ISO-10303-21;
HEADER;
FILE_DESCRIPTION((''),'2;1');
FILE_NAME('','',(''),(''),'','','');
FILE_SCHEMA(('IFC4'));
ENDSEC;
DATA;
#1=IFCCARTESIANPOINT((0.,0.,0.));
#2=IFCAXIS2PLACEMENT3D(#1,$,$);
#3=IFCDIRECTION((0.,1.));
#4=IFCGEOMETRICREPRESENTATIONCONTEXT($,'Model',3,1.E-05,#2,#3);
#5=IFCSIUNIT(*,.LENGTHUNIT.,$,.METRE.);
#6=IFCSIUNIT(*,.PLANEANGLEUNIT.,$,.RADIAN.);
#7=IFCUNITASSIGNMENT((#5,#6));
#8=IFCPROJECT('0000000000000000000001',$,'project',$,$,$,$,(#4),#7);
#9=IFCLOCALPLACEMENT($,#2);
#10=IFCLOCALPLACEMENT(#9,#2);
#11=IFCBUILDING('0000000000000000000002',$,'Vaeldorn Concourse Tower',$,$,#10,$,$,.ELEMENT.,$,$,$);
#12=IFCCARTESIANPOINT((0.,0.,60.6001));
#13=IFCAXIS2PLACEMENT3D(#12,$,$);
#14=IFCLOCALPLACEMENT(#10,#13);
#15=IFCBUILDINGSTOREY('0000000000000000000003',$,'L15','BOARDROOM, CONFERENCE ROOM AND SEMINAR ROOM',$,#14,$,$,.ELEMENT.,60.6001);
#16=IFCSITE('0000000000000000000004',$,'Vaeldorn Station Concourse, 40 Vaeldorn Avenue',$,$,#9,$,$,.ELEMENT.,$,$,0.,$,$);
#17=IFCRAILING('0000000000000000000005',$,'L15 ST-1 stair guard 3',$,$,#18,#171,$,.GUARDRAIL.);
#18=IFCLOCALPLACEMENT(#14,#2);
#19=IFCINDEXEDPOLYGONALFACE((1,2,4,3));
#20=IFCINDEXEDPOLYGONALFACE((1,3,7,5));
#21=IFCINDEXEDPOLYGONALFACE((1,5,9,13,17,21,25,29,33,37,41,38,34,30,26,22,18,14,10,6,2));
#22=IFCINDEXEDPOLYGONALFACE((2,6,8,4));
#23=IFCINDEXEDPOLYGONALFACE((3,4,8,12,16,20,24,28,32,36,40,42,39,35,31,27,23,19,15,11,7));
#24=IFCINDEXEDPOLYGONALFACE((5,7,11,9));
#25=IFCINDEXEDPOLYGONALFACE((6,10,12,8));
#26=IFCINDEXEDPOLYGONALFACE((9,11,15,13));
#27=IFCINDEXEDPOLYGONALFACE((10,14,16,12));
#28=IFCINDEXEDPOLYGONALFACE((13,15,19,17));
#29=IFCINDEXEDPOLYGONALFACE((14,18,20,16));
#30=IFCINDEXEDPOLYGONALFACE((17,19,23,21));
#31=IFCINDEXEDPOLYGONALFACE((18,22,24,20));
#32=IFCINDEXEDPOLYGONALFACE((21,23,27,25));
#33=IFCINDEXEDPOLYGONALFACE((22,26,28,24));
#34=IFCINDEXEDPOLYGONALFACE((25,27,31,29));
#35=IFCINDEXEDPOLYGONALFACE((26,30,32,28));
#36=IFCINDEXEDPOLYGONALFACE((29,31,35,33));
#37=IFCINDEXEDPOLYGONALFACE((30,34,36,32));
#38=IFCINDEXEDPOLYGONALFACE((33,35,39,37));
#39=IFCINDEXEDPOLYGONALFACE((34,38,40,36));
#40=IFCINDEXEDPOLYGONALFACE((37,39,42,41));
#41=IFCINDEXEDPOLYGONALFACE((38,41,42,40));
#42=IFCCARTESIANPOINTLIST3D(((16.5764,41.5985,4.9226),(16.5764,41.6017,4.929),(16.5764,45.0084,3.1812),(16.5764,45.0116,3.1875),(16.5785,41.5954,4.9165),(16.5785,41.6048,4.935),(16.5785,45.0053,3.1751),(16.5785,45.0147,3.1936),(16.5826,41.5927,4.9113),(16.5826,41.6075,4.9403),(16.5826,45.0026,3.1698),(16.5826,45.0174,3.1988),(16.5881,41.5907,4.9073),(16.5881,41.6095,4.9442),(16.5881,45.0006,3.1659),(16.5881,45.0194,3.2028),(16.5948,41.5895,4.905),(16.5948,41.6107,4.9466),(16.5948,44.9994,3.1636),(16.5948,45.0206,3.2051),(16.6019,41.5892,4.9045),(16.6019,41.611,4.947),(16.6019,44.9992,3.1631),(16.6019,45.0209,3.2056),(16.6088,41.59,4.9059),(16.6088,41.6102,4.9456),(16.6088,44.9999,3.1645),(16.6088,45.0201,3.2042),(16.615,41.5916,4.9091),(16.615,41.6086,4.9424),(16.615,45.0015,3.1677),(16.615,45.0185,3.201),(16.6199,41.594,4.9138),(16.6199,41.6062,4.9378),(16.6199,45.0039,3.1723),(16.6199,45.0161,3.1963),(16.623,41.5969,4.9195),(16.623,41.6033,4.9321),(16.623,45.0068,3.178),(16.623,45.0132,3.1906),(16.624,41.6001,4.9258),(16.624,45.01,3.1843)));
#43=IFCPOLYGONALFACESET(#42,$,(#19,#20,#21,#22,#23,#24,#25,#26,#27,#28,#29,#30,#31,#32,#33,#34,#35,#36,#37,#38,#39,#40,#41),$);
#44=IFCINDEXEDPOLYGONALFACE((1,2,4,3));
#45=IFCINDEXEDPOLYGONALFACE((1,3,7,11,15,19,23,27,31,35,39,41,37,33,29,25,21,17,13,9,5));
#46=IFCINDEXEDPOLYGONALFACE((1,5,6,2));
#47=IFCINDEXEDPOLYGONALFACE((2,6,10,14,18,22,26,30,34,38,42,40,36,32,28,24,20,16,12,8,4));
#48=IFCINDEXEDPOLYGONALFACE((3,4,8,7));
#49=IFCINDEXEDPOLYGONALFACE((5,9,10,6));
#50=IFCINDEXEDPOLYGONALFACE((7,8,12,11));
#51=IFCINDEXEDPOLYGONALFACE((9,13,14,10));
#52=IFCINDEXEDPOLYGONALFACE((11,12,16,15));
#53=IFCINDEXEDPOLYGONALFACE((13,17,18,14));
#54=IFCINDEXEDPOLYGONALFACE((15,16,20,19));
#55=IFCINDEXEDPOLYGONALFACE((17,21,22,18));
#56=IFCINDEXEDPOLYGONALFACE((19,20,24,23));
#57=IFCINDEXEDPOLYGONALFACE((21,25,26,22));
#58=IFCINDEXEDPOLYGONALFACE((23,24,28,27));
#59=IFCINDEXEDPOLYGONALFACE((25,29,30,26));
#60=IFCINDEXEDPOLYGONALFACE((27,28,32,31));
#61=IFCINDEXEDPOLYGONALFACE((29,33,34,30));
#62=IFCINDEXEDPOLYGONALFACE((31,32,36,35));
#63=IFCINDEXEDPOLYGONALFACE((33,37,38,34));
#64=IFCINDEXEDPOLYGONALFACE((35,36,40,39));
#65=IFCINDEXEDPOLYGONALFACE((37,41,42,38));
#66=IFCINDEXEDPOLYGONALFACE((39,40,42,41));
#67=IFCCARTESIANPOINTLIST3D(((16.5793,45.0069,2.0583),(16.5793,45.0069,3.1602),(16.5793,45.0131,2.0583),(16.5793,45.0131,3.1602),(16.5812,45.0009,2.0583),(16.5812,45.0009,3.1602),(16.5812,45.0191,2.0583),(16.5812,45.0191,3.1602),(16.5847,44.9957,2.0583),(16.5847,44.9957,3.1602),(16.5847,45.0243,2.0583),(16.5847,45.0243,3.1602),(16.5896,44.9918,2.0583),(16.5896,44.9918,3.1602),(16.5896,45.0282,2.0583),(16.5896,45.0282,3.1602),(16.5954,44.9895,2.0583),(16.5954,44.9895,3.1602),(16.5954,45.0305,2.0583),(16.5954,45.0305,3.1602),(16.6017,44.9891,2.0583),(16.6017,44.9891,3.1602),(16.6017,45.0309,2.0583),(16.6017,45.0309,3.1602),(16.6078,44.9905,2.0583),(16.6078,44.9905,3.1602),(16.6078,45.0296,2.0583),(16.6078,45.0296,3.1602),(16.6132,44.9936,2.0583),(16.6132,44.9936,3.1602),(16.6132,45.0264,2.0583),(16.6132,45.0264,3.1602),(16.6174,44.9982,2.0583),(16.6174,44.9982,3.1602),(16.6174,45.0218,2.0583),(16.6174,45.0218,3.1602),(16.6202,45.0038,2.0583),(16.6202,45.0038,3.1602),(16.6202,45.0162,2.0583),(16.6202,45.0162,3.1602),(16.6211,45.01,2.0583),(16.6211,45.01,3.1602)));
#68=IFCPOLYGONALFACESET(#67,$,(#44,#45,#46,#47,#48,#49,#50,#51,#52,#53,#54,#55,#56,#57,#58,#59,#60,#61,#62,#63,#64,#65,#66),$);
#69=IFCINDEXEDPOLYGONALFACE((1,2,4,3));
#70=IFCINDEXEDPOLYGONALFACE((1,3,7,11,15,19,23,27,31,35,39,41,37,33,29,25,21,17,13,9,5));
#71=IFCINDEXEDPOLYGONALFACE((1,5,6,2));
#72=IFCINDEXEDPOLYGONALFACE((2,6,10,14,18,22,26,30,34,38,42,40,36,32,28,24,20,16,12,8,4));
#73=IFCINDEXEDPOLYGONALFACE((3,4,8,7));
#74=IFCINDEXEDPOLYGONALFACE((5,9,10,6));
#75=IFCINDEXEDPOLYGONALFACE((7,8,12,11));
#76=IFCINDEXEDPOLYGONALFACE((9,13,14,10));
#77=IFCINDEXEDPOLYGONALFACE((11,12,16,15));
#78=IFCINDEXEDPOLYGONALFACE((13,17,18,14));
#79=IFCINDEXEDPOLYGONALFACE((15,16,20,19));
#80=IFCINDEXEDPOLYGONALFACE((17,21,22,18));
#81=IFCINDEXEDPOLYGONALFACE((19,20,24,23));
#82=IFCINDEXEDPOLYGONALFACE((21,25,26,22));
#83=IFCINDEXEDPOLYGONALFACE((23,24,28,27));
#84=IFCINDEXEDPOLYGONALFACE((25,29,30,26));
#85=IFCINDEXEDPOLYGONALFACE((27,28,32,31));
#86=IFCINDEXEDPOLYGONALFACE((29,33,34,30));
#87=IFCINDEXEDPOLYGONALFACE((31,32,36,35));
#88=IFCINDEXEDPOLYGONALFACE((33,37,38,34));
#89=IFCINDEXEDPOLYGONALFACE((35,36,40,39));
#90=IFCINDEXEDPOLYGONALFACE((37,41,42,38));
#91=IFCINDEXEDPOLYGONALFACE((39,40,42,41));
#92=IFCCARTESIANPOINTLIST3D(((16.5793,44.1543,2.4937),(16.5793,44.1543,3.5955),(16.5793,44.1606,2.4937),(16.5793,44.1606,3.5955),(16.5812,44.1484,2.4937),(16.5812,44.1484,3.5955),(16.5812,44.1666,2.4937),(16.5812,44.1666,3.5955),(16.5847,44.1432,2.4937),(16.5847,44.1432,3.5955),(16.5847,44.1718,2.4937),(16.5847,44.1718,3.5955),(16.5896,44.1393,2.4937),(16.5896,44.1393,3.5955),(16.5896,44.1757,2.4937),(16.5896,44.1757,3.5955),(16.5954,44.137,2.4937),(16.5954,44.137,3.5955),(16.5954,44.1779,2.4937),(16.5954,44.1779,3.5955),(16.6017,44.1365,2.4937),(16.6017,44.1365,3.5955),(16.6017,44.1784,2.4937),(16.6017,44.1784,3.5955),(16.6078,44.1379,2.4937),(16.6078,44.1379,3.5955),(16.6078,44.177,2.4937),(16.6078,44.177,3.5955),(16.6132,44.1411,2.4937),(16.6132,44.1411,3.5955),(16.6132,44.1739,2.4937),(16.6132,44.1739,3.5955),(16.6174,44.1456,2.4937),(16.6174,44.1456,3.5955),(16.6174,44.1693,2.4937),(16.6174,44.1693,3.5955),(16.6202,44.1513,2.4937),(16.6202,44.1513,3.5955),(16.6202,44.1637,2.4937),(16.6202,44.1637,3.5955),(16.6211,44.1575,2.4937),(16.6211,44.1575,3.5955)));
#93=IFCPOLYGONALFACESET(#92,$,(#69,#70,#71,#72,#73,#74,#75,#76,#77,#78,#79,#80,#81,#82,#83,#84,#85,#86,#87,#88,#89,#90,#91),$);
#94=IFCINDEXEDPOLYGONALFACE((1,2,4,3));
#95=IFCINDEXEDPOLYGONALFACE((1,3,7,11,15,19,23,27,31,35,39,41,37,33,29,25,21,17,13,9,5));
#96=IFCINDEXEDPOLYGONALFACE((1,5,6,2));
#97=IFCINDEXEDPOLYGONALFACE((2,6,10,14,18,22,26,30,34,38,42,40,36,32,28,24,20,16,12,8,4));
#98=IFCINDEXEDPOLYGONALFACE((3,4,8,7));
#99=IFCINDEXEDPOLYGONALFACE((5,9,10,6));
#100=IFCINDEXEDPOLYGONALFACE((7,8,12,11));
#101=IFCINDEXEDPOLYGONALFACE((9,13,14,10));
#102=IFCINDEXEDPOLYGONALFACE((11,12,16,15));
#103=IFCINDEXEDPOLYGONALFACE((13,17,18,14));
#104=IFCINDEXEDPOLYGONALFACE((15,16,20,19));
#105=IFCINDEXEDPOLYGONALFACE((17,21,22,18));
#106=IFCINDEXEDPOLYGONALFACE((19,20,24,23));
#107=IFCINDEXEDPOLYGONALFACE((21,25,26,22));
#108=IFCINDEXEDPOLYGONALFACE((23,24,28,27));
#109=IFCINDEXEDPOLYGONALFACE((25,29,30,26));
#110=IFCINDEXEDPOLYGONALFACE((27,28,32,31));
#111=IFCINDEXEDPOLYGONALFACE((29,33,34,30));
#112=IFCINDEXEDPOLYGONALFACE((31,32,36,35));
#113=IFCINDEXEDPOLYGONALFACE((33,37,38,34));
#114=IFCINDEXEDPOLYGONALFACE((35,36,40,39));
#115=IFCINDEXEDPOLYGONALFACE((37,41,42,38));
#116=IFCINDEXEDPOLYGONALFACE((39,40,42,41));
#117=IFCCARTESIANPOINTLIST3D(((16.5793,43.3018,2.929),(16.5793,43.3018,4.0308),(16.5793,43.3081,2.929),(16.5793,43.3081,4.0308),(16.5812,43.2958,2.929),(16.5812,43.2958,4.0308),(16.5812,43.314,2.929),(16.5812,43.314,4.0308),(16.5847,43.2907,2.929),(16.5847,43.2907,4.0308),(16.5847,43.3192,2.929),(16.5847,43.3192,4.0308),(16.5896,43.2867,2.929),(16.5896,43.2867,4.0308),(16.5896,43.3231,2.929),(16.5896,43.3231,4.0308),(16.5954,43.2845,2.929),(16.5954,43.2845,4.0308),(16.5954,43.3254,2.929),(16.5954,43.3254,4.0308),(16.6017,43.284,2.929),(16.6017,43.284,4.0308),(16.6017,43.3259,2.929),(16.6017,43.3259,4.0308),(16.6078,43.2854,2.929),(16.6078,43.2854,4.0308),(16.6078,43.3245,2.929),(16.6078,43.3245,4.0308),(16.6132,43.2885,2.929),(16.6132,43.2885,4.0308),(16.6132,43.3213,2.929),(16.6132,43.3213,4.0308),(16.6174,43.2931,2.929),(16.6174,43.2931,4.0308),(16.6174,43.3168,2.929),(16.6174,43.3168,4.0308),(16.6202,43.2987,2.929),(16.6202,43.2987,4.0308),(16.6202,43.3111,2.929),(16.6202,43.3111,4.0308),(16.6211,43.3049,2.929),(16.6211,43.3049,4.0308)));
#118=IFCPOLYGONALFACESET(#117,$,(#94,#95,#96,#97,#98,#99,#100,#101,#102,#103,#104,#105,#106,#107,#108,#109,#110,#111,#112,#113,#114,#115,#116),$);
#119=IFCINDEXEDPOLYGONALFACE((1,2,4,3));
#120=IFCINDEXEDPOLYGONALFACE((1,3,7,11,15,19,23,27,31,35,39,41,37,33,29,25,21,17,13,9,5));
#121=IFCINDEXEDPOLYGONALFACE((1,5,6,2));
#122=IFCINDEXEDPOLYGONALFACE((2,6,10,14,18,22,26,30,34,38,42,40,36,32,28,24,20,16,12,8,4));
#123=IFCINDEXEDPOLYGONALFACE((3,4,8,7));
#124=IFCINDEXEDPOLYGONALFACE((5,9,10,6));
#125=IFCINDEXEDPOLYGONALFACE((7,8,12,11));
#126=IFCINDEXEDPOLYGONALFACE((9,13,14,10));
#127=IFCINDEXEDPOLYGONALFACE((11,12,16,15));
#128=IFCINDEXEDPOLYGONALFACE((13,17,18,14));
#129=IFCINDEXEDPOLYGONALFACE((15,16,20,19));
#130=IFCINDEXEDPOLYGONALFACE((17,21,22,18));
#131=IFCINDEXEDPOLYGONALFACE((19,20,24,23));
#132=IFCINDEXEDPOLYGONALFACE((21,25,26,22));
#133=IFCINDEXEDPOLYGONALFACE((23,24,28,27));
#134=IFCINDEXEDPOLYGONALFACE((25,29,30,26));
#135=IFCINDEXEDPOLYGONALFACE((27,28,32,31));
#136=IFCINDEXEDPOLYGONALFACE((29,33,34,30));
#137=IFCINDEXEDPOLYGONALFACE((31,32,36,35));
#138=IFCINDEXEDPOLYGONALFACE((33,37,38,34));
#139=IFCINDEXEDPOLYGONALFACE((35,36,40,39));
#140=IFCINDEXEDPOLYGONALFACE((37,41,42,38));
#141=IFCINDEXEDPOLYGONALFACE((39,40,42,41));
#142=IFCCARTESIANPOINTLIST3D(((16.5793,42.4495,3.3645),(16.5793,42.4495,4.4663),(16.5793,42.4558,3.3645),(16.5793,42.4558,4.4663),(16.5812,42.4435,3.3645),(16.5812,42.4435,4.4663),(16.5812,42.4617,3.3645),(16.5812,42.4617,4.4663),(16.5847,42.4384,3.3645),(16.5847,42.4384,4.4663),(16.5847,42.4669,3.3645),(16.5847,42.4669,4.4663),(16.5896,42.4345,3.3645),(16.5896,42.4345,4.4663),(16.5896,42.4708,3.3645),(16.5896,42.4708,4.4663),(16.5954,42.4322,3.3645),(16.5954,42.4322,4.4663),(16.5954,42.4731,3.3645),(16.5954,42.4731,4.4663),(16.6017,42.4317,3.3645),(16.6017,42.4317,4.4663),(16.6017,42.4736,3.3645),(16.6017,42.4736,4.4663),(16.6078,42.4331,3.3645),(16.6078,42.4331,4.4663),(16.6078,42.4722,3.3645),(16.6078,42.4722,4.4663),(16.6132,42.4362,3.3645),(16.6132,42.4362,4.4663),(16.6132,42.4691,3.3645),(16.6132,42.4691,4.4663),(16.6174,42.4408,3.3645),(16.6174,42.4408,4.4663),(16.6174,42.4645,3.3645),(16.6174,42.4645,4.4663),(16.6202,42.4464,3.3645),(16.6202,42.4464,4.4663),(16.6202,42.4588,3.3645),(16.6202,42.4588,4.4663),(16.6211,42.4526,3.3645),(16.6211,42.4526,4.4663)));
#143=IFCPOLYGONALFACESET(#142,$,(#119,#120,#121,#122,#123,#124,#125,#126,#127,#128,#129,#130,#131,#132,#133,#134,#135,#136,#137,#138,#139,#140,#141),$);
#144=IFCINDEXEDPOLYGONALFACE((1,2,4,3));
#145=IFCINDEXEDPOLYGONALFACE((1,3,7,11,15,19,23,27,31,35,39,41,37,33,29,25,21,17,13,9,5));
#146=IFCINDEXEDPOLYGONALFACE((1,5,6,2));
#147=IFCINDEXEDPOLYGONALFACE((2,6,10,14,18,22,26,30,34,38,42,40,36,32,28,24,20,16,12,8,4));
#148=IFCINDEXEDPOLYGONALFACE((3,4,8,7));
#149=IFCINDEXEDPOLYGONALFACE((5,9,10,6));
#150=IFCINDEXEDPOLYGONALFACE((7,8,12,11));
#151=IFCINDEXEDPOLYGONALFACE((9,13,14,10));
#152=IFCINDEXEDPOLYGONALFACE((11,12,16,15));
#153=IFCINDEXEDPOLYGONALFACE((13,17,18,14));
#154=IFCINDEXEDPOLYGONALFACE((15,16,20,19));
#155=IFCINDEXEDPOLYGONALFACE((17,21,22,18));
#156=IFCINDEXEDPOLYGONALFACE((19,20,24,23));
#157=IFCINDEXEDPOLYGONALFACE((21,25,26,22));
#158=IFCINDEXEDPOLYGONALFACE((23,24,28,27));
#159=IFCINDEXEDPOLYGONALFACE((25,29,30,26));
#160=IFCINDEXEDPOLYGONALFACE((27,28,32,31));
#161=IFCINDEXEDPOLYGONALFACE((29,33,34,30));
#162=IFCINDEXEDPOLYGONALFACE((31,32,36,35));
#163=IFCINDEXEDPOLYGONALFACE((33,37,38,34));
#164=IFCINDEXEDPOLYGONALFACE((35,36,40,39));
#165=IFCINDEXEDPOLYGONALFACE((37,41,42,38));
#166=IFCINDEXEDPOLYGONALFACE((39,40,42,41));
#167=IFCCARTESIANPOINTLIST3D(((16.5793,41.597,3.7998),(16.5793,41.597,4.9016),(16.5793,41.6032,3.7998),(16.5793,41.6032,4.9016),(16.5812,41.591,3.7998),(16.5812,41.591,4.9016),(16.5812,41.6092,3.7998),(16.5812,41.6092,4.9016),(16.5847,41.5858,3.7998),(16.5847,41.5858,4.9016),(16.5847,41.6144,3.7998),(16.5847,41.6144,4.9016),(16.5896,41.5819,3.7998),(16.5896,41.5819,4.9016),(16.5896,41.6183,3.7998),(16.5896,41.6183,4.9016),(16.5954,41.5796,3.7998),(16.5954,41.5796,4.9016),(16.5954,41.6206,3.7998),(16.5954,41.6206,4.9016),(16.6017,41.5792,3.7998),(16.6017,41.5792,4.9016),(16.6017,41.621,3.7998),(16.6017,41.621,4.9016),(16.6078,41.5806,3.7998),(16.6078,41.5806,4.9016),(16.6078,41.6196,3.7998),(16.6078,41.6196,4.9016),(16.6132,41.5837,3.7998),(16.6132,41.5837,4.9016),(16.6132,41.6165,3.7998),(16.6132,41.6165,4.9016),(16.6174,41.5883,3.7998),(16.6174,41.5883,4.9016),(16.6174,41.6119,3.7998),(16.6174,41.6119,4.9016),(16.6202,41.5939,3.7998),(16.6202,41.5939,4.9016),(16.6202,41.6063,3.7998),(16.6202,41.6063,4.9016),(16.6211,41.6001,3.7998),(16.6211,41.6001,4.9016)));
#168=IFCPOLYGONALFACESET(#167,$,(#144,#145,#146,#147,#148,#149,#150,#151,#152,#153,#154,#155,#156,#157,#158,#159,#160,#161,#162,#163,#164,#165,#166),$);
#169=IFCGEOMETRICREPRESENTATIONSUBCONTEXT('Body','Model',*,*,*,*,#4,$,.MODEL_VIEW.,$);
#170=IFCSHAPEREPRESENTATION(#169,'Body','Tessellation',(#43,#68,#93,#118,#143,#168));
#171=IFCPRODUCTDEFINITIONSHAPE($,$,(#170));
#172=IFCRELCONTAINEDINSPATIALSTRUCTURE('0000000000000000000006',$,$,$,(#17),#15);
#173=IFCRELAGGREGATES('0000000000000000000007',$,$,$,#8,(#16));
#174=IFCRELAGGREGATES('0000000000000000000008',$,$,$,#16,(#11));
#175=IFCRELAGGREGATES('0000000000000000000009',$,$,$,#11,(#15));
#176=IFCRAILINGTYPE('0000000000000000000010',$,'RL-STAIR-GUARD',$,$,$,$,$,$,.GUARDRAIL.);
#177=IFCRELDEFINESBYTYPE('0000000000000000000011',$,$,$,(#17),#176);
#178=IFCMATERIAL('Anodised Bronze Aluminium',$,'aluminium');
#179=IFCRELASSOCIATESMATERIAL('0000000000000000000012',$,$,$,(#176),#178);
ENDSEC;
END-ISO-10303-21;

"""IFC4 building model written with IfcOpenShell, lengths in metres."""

from ifc_helpers import new_model, si_unit, direction, frame, origin, origin_2d, place, context, subcontext, project, spatial, circle, extrude, material, type_object, element, save


model = new_model("IFC4")

# Units and contexts
model_context = context("Model", 3, precision=1e-05, world=origin(), true_north=direction((0.0, 1.0)))
body_context = subcontext(model_context, "Body", "Model", "MODEL_VIEW")
ifc_project = project(units=[si_unit("LENGTHUNIT", "METRE"), si_unit("PLANEANGLEUNIT", "RADIAN")], contexts=[model_context])

# Site, building, storey
site_placement = place(None, origin())
site = spatial("IfcSite", under=ifc_project, at=site_placement, Name="Vaeldorn Station Concourse, 40 Vaeldorn Avenue", CompositionType="ELEMENT", RefElevation=0.0)
building_placement = place(site_placement, origin())
building = spatial("IfcBuilding", under=site, at=building_placement, Name="Vaeldorn Concourse Tower", CompositionType="ELEMENT")
storey_placement = place(building_placement, frame((0.0, 0.0, 60.6001)))
storey = spatial("IfcBuildingStorey", under=building, at=storey_placement, Name="L15", Description="BOARDROOM, CONFERENCE ROOM AND SEMINAR ROOM", CompositionType="ELEMENT", Elevation=60.6001)

# Shared definitions
ifc_material_1 = material(Name="Anodised Bronze Aluminium", Category="aluminium")

# Railing
railing_type_1 = type_object("IfcRailingType", Name="RL-STAIR-GUARD", PredefinedType="GUARDRAIL", material=ifc_material_1)
railing_1_placement = place(storey_placement, frame((16.6001, 45.01, 2.0583)))
element("IfcRailing", 1, at=railing_1_placement, inside=storey, type_object=railing_type_1, Name="L15 ST-1 stair guard 3", PredefinedType="GUARDRAIL", context=body_context, shape_type="SweptSolid", body=[
    extrude(circle(Radius=0.0239, at=origin_2d()), frame((0.0, 0.0, 1.126), z_axis=(0.0, -0.890582, 0.454823), x_axis=(1.0, 0.0, 0.0)), (0.0, 0.0, 1.0), 3.8289),
    extrude(circle(Radius=0.021, at=origin_2d()), origin(), (0.0, 0.0, 1.0), 1.1018),
    extrude(circle(Radius=0.021, at=origin_2d()), frame((0.0, -0.8525, 0.4353)), (0.0, 0.0, 1.0), 1.1018),
    extrude(circle(Radius=0.021, at=origin_2d()), frame((0.0, -1.7051, 0.8706)), (0.0, 0.0, 1.0), 1.1018),
    extrude(circle(Radius=0.021, at=origin_2d()), frame((0.0, -2.5574, 1.3062)), (0.0, 0.0, 1.0), 1.1018),
    extrude(circle(Radius=0.021, at=origin_2d()), frame((0.0, -3.4099, 1.7415)), (0.0, 0.0, 1.0), 1.1018),
])

save(model, "model.ifc")
